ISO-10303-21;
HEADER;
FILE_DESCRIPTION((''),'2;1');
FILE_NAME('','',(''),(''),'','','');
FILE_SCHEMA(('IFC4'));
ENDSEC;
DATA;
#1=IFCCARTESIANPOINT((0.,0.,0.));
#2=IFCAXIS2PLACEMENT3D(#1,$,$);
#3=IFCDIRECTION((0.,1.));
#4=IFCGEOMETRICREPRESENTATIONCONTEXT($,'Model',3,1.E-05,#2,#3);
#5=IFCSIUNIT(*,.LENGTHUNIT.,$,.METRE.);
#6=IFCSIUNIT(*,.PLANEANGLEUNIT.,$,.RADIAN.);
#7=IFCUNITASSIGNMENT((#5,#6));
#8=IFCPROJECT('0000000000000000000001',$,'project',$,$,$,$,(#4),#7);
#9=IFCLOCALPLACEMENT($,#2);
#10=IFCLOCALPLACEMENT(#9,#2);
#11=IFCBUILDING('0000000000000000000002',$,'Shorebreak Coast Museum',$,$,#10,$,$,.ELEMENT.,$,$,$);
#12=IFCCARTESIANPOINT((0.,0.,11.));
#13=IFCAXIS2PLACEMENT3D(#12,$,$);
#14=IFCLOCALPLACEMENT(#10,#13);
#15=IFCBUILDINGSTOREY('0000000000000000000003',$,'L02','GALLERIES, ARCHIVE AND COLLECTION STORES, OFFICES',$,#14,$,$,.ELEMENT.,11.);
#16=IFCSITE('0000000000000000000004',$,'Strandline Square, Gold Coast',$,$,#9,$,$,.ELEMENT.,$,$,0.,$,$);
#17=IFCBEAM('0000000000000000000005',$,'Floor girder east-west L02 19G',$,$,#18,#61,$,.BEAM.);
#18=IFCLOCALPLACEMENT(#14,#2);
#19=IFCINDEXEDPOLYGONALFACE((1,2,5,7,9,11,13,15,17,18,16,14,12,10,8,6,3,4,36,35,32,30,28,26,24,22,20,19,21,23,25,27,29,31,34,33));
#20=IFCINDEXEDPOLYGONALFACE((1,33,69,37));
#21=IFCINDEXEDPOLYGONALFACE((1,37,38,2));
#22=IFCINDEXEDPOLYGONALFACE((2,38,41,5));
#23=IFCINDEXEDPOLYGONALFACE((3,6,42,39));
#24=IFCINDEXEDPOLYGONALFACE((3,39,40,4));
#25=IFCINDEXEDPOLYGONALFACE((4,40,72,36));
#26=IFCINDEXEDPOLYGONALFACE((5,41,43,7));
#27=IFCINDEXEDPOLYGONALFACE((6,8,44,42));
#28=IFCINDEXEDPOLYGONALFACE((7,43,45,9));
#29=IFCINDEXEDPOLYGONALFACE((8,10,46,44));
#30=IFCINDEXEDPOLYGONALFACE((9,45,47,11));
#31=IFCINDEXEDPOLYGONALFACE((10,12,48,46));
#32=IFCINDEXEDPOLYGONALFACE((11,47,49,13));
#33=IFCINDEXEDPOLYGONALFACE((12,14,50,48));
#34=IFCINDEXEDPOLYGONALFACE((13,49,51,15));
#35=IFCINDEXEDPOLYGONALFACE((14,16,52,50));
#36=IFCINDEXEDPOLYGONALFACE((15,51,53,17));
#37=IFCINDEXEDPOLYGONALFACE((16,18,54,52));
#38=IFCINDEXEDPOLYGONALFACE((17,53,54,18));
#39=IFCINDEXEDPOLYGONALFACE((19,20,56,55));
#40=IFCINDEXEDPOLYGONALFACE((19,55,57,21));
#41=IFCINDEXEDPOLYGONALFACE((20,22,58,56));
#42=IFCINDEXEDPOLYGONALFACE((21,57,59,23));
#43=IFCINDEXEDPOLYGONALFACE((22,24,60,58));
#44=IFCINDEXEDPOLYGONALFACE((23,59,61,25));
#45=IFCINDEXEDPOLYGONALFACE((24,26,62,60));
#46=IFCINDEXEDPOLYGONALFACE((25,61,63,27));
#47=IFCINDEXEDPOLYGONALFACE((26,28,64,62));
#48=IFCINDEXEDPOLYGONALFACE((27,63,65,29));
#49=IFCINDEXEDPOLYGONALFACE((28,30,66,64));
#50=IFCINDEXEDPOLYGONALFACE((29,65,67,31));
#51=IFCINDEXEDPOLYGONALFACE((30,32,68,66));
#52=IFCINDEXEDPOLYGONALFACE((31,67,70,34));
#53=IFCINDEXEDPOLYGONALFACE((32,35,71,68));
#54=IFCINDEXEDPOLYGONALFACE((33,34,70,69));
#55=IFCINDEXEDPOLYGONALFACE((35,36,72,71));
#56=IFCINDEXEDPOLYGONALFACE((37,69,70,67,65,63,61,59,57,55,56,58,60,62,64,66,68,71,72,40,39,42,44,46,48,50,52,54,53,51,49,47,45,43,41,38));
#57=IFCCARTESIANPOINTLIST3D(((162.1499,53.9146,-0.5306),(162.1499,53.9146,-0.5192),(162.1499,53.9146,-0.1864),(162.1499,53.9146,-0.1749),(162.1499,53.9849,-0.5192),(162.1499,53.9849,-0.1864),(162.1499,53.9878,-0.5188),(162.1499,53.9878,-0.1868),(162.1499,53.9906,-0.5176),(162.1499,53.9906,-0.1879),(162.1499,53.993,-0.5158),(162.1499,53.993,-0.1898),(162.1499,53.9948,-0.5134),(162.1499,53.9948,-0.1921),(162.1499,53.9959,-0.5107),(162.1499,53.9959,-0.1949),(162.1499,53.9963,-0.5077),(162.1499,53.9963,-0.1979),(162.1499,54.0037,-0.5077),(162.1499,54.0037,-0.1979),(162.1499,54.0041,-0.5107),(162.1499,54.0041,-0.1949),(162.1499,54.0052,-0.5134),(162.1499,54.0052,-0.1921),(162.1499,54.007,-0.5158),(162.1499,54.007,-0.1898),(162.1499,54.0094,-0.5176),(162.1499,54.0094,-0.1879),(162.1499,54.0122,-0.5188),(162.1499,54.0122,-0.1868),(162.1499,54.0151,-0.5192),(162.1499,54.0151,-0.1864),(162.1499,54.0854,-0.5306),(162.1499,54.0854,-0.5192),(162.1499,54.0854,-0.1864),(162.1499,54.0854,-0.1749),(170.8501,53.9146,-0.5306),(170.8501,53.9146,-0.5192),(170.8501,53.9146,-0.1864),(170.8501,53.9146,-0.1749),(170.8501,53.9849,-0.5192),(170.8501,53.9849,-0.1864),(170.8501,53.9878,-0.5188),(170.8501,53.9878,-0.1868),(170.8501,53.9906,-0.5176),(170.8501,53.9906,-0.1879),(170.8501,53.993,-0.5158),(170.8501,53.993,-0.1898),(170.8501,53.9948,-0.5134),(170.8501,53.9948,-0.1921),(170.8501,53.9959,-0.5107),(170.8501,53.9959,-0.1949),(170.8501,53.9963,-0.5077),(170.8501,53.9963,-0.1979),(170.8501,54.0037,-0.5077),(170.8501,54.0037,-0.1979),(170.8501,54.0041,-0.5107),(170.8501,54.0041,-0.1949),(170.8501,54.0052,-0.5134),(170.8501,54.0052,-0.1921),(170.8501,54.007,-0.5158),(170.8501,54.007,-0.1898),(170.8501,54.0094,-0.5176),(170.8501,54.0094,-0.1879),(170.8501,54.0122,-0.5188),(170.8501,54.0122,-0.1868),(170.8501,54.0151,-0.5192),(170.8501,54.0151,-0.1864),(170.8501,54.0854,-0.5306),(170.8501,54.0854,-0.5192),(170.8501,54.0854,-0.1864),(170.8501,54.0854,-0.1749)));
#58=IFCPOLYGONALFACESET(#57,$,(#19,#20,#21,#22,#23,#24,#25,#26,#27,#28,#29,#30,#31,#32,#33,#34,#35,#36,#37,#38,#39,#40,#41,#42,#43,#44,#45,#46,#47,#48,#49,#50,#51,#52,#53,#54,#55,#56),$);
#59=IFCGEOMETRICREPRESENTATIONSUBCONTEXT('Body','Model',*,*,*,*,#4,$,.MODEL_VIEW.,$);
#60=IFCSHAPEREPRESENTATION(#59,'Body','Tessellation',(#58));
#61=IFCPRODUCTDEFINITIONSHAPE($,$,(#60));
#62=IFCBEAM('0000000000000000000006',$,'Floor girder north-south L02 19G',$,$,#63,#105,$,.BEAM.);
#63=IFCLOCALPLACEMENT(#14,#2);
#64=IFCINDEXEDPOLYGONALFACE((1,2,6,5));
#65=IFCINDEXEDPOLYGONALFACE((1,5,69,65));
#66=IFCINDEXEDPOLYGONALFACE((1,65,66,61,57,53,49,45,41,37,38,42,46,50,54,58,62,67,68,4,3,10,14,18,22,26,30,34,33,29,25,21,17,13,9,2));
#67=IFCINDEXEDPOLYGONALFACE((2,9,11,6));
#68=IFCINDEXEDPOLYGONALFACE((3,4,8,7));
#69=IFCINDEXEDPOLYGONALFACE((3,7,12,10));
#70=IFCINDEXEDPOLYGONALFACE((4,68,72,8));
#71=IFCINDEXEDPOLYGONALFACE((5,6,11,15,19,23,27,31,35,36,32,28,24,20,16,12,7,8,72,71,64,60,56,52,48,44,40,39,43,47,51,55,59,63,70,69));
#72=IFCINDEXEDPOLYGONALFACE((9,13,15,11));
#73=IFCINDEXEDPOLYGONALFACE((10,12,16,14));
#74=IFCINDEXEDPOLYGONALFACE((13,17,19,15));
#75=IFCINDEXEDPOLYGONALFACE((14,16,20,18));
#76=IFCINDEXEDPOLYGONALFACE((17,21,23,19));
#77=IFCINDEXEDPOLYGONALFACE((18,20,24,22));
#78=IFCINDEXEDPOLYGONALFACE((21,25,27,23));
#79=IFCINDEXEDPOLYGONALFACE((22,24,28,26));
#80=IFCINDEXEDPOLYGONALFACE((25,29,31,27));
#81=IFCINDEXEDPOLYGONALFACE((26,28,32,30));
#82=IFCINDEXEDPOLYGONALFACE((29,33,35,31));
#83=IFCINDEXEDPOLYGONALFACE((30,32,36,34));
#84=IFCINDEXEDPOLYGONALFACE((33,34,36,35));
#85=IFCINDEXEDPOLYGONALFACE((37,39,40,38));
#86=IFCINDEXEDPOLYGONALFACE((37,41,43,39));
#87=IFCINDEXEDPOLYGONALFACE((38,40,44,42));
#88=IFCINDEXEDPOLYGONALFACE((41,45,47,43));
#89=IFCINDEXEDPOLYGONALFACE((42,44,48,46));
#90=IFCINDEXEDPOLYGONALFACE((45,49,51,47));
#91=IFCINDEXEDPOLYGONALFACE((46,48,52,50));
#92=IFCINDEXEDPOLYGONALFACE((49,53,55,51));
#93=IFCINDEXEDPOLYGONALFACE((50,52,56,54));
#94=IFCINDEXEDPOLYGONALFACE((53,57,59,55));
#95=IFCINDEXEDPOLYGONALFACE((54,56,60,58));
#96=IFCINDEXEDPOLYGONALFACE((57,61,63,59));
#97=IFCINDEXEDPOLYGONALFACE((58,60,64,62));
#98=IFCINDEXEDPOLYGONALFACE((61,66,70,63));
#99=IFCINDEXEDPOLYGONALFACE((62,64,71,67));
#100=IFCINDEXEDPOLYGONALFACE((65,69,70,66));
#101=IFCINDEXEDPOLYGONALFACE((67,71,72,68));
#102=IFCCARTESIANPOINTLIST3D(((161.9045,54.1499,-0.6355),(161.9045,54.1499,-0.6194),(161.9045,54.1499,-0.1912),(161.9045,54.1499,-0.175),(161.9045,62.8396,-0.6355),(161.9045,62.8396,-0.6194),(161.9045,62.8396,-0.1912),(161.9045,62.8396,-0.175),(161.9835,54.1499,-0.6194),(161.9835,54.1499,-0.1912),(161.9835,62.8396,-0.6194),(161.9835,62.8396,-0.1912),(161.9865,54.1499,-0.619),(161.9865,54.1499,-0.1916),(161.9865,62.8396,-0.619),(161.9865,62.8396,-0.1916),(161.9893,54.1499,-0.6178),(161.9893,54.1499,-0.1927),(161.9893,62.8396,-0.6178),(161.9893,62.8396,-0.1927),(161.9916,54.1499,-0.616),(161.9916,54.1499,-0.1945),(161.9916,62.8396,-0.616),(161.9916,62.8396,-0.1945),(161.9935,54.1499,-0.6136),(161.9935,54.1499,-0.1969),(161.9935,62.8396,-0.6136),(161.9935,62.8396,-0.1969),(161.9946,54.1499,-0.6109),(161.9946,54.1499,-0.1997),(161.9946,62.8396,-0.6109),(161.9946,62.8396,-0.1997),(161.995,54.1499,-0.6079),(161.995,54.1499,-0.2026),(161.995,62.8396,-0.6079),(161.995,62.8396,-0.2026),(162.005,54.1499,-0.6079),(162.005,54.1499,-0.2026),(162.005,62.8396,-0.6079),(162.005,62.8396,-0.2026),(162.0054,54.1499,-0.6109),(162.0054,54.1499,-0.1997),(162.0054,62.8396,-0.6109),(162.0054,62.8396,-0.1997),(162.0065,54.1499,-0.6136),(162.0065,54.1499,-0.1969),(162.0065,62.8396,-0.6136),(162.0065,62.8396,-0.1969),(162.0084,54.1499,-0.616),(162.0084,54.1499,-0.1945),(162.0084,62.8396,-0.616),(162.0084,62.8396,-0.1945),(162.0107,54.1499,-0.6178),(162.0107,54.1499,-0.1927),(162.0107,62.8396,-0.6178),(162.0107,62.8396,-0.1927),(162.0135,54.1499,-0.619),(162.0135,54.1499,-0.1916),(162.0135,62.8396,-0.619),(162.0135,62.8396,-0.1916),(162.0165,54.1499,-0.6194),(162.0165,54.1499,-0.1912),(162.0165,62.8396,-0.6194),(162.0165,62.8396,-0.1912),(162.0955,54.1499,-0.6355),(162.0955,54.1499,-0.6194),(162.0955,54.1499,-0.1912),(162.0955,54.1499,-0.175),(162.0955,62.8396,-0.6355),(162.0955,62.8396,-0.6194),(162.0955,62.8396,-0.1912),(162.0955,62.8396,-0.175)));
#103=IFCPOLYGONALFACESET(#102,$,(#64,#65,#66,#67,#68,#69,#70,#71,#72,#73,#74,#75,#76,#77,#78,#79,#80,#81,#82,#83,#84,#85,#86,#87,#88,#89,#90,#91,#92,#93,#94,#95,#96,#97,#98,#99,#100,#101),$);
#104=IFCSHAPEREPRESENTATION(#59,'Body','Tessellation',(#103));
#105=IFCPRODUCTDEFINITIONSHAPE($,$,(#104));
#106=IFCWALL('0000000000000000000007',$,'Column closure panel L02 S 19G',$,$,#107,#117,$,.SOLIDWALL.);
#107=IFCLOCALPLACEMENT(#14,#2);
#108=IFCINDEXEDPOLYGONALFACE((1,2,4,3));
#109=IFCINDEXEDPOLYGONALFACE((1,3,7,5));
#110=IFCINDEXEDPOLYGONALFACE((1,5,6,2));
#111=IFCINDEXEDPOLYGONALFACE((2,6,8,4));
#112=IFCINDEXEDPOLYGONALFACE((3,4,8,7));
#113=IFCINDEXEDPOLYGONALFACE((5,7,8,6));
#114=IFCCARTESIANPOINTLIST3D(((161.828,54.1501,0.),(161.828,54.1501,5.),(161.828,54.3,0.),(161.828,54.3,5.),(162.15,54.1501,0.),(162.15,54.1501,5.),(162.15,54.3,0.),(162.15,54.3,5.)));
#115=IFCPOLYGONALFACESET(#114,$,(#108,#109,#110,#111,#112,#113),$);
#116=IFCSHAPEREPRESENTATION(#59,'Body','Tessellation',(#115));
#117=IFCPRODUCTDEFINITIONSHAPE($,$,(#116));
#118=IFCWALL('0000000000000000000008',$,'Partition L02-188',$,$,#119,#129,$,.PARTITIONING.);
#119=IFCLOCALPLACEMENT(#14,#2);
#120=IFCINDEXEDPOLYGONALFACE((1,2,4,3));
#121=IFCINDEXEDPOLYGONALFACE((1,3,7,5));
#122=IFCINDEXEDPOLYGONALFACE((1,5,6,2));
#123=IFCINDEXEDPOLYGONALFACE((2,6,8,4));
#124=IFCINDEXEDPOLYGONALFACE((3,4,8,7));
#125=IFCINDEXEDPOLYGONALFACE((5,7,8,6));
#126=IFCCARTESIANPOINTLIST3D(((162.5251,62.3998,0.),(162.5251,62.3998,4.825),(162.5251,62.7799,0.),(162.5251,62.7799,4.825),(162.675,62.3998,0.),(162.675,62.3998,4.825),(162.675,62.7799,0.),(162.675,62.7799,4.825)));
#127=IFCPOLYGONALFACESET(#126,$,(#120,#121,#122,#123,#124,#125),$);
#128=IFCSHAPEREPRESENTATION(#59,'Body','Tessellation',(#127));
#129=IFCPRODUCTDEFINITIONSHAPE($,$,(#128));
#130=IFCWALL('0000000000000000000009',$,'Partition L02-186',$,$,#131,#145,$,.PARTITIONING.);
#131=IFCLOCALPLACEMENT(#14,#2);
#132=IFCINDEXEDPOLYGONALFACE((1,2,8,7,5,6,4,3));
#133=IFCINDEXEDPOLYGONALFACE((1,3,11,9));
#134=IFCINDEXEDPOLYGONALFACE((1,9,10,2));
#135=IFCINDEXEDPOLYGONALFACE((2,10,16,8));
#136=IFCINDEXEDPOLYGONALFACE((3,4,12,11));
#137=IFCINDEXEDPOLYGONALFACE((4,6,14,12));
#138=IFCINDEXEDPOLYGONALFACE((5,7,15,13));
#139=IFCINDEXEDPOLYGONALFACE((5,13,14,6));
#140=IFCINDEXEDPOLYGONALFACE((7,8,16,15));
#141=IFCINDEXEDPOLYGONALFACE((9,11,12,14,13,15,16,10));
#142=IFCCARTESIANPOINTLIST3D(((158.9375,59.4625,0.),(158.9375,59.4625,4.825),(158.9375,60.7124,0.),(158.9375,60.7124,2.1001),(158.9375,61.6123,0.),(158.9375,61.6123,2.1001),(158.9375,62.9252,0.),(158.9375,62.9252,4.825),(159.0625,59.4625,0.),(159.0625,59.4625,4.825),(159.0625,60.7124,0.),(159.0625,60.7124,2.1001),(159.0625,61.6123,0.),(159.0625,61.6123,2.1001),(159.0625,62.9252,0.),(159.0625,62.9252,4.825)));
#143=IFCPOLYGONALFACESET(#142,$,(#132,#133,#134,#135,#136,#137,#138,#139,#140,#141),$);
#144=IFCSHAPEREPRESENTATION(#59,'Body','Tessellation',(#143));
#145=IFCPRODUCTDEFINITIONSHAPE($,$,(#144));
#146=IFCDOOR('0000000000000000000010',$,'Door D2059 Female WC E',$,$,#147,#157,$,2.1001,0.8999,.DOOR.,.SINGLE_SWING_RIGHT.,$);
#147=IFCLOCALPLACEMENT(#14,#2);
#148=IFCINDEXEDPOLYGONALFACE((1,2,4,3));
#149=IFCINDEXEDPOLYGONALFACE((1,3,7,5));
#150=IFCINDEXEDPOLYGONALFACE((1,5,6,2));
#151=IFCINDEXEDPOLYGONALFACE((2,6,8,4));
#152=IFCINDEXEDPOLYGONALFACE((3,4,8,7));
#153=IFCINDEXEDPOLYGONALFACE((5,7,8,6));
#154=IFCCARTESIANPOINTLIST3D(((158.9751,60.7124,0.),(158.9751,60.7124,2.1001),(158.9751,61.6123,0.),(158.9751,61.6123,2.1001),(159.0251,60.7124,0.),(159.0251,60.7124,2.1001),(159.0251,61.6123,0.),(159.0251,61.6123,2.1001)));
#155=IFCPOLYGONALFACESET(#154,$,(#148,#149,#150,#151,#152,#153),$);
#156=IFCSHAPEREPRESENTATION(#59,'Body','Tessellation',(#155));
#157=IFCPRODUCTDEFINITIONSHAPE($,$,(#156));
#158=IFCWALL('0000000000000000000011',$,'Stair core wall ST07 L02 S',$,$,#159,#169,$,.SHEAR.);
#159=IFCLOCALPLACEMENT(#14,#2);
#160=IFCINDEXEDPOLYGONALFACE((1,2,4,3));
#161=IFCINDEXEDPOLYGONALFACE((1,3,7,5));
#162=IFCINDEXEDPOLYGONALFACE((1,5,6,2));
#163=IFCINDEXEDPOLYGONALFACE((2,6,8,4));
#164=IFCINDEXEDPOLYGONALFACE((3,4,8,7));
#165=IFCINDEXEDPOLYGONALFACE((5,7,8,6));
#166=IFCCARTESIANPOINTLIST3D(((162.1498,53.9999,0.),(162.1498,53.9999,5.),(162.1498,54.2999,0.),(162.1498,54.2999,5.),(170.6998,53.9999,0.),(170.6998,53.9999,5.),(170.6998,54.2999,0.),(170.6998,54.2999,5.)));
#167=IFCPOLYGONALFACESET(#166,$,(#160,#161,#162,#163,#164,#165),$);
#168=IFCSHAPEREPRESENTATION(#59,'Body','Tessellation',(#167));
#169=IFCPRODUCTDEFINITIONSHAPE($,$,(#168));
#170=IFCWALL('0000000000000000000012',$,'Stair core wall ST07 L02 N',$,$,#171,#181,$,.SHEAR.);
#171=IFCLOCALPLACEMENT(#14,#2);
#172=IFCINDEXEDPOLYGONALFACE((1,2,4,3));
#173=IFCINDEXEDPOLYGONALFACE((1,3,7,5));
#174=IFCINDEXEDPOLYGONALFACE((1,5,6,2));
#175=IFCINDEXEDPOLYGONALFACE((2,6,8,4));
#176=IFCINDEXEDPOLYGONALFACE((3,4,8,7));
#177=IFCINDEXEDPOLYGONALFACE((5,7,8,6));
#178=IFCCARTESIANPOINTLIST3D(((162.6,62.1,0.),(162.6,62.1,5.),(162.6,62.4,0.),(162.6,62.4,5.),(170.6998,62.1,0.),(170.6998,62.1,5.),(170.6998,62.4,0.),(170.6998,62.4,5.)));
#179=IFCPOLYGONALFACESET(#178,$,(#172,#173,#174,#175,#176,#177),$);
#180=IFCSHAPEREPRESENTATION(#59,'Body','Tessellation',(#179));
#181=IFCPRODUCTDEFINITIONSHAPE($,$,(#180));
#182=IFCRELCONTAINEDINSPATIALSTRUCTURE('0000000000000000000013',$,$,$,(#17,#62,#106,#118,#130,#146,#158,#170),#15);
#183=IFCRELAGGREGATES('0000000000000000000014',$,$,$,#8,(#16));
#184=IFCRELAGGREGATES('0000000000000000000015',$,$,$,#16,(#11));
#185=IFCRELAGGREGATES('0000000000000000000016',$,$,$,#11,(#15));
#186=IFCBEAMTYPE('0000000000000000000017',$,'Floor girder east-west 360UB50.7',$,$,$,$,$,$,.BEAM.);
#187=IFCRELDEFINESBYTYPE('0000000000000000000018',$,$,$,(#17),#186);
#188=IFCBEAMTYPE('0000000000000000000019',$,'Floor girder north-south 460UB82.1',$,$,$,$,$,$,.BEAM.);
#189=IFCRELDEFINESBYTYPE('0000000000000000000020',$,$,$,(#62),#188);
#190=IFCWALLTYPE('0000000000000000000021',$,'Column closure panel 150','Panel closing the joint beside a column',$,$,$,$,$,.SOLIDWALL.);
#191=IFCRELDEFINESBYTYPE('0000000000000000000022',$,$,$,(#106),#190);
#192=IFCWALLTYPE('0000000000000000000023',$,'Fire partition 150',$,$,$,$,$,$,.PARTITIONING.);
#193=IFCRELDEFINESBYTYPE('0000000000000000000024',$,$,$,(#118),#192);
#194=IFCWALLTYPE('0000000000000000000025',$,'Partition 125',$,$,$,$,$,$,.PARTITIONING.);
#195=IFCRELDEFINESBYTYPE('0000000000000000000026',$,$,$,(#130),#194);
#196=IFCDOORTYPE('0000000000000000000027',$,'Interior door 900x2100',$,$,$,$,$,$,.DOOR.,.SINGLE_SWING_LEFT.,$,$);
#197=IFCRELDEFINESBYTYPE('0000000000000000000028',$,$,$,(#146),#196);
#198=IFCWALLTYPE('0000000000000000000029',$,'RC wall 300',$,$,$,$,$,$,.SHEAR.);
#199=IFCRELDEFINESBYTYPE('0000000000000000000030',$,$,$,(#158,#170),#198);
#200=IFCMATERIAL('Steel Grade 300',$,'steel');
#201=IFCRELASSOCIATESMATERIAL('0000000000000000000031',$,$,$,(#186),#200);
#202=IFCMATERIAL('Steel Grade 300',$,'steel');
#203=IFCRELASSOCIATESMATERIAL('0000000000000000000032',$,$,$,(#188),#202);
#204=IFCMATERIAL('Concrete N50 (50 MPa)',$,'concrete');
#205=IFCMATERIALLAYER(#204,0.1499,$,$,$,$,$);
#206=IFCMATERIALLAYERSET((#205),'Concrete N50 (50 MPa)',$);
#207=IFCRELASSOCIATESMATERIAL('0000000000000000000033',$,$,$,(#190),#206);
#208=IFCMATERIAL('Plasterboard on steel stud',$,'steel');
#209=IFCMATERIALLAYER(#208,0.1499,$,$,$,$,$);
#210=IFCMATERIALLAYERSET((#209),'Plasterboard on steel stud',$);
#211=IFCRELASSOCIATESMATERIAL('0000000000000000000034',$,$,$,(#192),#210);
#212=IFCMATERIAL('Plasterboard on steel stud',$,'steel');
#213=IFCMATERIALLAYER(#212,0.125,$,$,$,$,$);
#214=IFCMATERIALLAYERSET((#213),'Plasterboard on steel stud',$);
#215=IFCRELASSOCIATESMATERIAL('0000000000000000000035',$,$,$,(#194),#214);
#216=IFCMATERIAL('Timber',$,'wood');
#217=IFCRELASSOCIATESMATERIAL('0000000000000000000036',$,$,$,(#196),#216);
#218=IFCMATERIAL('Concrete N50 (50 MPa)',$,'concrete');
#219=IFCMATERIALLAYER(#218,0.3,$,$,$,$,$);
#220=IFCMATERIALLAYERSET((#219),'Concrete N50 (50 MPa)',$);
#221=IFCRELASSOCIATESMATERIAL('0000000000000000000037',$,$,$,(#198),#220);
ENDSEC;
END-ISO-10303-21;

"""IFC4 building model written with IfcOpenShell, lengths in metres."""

from ifc_helpers import new_model, si_unit, direction, frame, frame_2d, origin, origin_2d, place, context, subcontext, project, spatial, rectangle, i_section, extrude, material, layer, layer_set, material_profile, profile_set, type_object, element, fill, save


model = new_model("IFC4")

# Units and contexts
model_context = context("Model", 3, precision=1e-05, world=origin(), true_north=direction((0.0, 1.0)))
body_context = subcontext(model_context, "Body", "Model", "MODEL_VIEW")
ifc_project = project(units=[si_unit("LENGTHUNIT", "METRE"), si_unit("PLANEANGLEUNIT", "RADIAN")], contexts=[model_context])

# Site, building, storey
site_placement = place(None, origin())
site = spatial("IfcSite", under=ifc_project, at=site_placement, Name="Strandline Square, Gold Coast", CompositionType="ELEMENT", RefElevation=0.0)
building_placement = place(site_placement, origin())
building = spatial("IfcBuilding", under=site, at=building_placement, Name="Shorebreak Coast Museum", CompositionType="ELEMENT")
storey_placement = place(building_placement, frame((0.0, 0.0, 11.0)))
storey = spatial("IfcBuildingStorey", under=building, at=storey_placement, Name="L02", Description="GALLERIES, ARCHIVE AND COLLECTION STORES, OFFICES", CompositionType="ELEMENT", Elevation=11.0)

# Beams
ifc_material_1 = material(Name="Steel Grade 300", Category="steel")
ifc_material_profile_1 = material_profile(ifc_material_1, i_section(OverallWidth=0.1709, OverallDepth=0.3557, WebThickness=0.0073, FlangeThickness=0.0115, FilletRadius=0.0115, at=origin_2d()), Name="360UB50.7")
ifc_profile_set_1 = profile_set([ifc_material_profile_1], Name="Steel Grade 300")
beam_type_1 = type_object("IfcBeamType", Name="Floor girder east-west 360UB50.7", PredefinedType="BEAM", material=ifc_profile_set_1)
beam_1_placement = place(storey_placement, frame((162.1499, 54.0, -0.3528), z_axis=(1.0, 0.0, 0.0), x_axis=(0.0, 1.0, 0.0)))
element("IfcBeam", 1, at=beam_1_placement, inside=storey, type_object=beam_type_1, Name="Floor girder east-west L02 19G", PredefinedType="BEAM", context=body_context, shape_type="SweptSolid", body=[
    extrude(i_section(OverallWidth=0.1709, OverallDepth=0.3557, WebThickness=0.0073, FlangeThickness=0.0115, FilletRadius=0.0115, at=origin_2d()), origin(), (0.0, 0.0, 1.0), 8.7002),
])
ifc_material_2 = material(Name="Steel Grade 300", Category="steel")
ifc_material_profile_2 = material_profile(ifc_material_2, i_section(OverallWidth=0.1909, OverallDepth=0.4604, WebThickness=0.01, FlangeThickness=0.0161, FilletRadius=0.0115, at=origin_2d()), Name="460UB82.1")
ifc_profile_set_2 = profile_set([ifc_material_profile_2], Name="Steel Grade 300")
beam_type_2 = type_object("IfcBeamType", Name="Floor girder north-south 460UB82.1", PredefinedType="BEAM", material=ifc_profile_set_2)
beam_2_placement = place(storey_placement, frame((162.0, 54.1499, -0.4053), z_axis=(0.0, 1.0, 0.0), x_axis=(-1.0, 0.0, 0.0)))
element("IfcBeam", 2, at=beam_2_placement, inside=storey, type_object=beam_type_2, Name="Floor girder north-south L02 19G", PredefinedType="BEAM", context=body_context, shape_type="SweptSolid", body=[
    extrude(i_section(OverallWidth=0.1909, OverallDepth=0.4604, WebThickness=0.01, FlangeThickness=0.0161, FilletRadius=0.0115, at=origin_2d()), origin(), (0.0, 0.0, 1.0), 8.6897),
])

# Walls
ifc_material_3 = material(Name="Concrete N50 (50 MPa)", Category="concrete")
ifc_layer_1 = layer(ifc_material_3, 0.1499)
ifc_layer_set_1 = layer_set([ifc_layer_1], Name="Concrete N50 (50 MPa)")
wall_type_1 = type_object("IfcWallType", Name="Column closure panel 150", Description="Panel closing the joint beside a column", PredefinedType="SOLIDWALL", material=ifc_layer_set_1)
wall_1_placement = place(storey_placement, frame((161.8279, 54.2251, 0.0), z_axis=(0.0, 0.0, 1.0), x_axis=(1.0, 0.0, 0.0)))
element("IfcWall", 3, at=wall_1_placement, inside=storey, type_object=wall_type_1, Name="Column closure panel L02 S 19G", PredefinedType="SOLIDWALL", context=body_context, shape_type="SweptSolid", body=[
    extrude(rectangle(XDim=0.322, YDim=0.1499, at=frame_2d((0.1611, 0.0))), origin(), (0.0, 0.0, 1.0), 5.0),
])
ifc_material_4 = material(Name="Plasterboard on steel stud", Category="steel")
ifc_layer_2 = layer(ifc_material_4, 0.1499)
ifc_layer_set_2 = layer_set([ifc_layer_2], Name="Plasterboard on steel stud")
wall_type_2 = type_object("IfcWallType", Name="Fire partition 150", PredefinedType="PARTITIONING", material=ifc_layer_set_2)
wall_2_placement = place(storey_placement, frame((162.6001, 62.3999, 0.0), z_axis=(0.0, 0.0, 1.0), x_axis=(0.0, 1.0, 0.0)))
element("IfcWall", 4, at=wall_2_placement, inside=storey, type_object=wall_type_2, Name="Partition L02-188", PredefinedType="PARTITIONING", context=body_context, shape_type="SweptSolid", body=[
    extrude(rectangle(XDim=0.3801, YDim=0.1499, at=frame_2d((0.1899, 0.0))), origin(), (0.0, 0.0, 1.0), 4.825),
])

# Wall, opening, door
ifc_material_5 = material(Name="Plasterboard on steel stud", Category="steel")
ifc_layer_3 = layer(ifc_material_5, 0.125)
ifc_layer_set_3 = layer_set([ifc_layer_3], Name="Plasterboard on steel stud")
wall_type_3 = type_object("IfcWallType", Name="Partition 125", PredefinedType="PARTITIONING", material=ifc_layer_set_3)
wall_3_placement = place(storey_placement, frame((159.0, 59.4624, 0.0), z_axis=(0.0, 0.0, 1.0), x_axis=(0.0, 1.0, 0.0)))
wall_3 = element("IfcWall", 5, at=wall_3_placement, inside=storey, type_object=wall_type_3, Name="Partition L02-186", PredefinedType="PARTITIONING", context=body_context, shape_type="SweptSolid", body=[
    extrude(rectangle(XDim=3.4626, YDim=0.125, at=frame_2d((1.7314, 0.0))), origin(), (0.0, 0.0, 1.0), 4.825),
])
opening_1_placement = place(wall_3_placement, frame((1.25, 0.0, 0.0)))
opening_1 = element("IfcOpeningElement", 6, at=opening_1_placement, cuts=wall_3, PredefinedType="OPENING", context=body_context, shape_type="SweptSolid", body=[
    extrude(rectangle(XDim=0.8999, YDim=2.1001, at=frame_2d((0.45, 1.05))), frame((0.0, 0.0725, 0.0), z_axis=(0.0, -1.0, 0.0), x_axis=(1.0, 0.0, 0.0)), (0.0, 0.0, 1.0), 0.145),
])
ifc_material_6 = material(Name="Timber", Category="wood")
door_type_1 = type_object("IfcDoorType", Name="Interior door 900x2100", OperationType="SINGLE_SWING_LEFT", PredefinedType="DOOR", material=ifc_material_6)
door_1_placement = place(opening_1_placement, origin())
door_1 = element("IfcDoor", 7, at=door_1_placement, inside=storey, type_object=door_type_1, Name="Door D2059 Female WC E", OperationType="SINGLE_SWING_RIGHT", OverallHeight=2.1001, OverallWidth=0.8999, PredefinedType="DOOR", context=body_context, shape_type="SweptSolid", body=[
    extrude(rectangle(XDim=0.8999, YDim=2.1001, at=frame_2d((0.45, 1.05))), frame((0.0, 0.0249, 0.0), z_axis=(0.0, -1.0, 0.0), x_axis=(1.0, 0.0, 0.0)), (0.0, 0.0, 1.0), 0.05),
])
fill(opening_1, door_1)

# Walls
ifc_material_7 = material(Name="Concrete N50 (50 MPa)", Category="concrete")
ifc_layer_4 = layer(ifc_material_7, 0.3)
ifc_layer_set_4 = layer_set([ifc_layer_4], Name="Concrete N50 (50 MPa)")
wall_type_4 = type_object("IfcWallType", Name="RC wall 300", PredefinedType="SHEAR", material=ifc_layer_set_4)
wall_4_placement = place(storey_placement, frame((162.1499, 54.1499, 0.0), z_axis=(0.0, 0.0, 1.0), x_axis=(1.0, 0.0, 0.0)))
element("IfcWall", 8, at=wall_4_placement, inside=storey, type_object=wall_type_4, Name="Stair core wall ST07 L02 S", PredefinedType="SHEAR", context=body_context, shape_type="SweptSolid", body=[
    extrude(rectangle(XDim=8.55, YDim=0.3, at=frame_2d((4.2749, 0.0))), origin(), (0.0, 0.0, 1.0), 5.0),
])
wall_5_placement = place(storey_placement, frame((162.6001, 62.25, 0.0), z_axis=(0.0, 0.0, 1.0), x_axis=(1.0, 0.0, 0.0)))
element("IfcWall", 9, at=wall_5_placement, inside=storey, type_object=wall_type_4, Name="Stair core wall ST07 L02 N", PredefinedType="SHEAR", context=body_context, shape_type="SweptSolid", body=[
    extrude(rectangle(XDim=8.0999, YDim=0.3, at=frame_2d((4.0498, 0.0))), origin(), (0.0, 0.0, 1.0), 5.0),
])

save(model, "model.ifc")
